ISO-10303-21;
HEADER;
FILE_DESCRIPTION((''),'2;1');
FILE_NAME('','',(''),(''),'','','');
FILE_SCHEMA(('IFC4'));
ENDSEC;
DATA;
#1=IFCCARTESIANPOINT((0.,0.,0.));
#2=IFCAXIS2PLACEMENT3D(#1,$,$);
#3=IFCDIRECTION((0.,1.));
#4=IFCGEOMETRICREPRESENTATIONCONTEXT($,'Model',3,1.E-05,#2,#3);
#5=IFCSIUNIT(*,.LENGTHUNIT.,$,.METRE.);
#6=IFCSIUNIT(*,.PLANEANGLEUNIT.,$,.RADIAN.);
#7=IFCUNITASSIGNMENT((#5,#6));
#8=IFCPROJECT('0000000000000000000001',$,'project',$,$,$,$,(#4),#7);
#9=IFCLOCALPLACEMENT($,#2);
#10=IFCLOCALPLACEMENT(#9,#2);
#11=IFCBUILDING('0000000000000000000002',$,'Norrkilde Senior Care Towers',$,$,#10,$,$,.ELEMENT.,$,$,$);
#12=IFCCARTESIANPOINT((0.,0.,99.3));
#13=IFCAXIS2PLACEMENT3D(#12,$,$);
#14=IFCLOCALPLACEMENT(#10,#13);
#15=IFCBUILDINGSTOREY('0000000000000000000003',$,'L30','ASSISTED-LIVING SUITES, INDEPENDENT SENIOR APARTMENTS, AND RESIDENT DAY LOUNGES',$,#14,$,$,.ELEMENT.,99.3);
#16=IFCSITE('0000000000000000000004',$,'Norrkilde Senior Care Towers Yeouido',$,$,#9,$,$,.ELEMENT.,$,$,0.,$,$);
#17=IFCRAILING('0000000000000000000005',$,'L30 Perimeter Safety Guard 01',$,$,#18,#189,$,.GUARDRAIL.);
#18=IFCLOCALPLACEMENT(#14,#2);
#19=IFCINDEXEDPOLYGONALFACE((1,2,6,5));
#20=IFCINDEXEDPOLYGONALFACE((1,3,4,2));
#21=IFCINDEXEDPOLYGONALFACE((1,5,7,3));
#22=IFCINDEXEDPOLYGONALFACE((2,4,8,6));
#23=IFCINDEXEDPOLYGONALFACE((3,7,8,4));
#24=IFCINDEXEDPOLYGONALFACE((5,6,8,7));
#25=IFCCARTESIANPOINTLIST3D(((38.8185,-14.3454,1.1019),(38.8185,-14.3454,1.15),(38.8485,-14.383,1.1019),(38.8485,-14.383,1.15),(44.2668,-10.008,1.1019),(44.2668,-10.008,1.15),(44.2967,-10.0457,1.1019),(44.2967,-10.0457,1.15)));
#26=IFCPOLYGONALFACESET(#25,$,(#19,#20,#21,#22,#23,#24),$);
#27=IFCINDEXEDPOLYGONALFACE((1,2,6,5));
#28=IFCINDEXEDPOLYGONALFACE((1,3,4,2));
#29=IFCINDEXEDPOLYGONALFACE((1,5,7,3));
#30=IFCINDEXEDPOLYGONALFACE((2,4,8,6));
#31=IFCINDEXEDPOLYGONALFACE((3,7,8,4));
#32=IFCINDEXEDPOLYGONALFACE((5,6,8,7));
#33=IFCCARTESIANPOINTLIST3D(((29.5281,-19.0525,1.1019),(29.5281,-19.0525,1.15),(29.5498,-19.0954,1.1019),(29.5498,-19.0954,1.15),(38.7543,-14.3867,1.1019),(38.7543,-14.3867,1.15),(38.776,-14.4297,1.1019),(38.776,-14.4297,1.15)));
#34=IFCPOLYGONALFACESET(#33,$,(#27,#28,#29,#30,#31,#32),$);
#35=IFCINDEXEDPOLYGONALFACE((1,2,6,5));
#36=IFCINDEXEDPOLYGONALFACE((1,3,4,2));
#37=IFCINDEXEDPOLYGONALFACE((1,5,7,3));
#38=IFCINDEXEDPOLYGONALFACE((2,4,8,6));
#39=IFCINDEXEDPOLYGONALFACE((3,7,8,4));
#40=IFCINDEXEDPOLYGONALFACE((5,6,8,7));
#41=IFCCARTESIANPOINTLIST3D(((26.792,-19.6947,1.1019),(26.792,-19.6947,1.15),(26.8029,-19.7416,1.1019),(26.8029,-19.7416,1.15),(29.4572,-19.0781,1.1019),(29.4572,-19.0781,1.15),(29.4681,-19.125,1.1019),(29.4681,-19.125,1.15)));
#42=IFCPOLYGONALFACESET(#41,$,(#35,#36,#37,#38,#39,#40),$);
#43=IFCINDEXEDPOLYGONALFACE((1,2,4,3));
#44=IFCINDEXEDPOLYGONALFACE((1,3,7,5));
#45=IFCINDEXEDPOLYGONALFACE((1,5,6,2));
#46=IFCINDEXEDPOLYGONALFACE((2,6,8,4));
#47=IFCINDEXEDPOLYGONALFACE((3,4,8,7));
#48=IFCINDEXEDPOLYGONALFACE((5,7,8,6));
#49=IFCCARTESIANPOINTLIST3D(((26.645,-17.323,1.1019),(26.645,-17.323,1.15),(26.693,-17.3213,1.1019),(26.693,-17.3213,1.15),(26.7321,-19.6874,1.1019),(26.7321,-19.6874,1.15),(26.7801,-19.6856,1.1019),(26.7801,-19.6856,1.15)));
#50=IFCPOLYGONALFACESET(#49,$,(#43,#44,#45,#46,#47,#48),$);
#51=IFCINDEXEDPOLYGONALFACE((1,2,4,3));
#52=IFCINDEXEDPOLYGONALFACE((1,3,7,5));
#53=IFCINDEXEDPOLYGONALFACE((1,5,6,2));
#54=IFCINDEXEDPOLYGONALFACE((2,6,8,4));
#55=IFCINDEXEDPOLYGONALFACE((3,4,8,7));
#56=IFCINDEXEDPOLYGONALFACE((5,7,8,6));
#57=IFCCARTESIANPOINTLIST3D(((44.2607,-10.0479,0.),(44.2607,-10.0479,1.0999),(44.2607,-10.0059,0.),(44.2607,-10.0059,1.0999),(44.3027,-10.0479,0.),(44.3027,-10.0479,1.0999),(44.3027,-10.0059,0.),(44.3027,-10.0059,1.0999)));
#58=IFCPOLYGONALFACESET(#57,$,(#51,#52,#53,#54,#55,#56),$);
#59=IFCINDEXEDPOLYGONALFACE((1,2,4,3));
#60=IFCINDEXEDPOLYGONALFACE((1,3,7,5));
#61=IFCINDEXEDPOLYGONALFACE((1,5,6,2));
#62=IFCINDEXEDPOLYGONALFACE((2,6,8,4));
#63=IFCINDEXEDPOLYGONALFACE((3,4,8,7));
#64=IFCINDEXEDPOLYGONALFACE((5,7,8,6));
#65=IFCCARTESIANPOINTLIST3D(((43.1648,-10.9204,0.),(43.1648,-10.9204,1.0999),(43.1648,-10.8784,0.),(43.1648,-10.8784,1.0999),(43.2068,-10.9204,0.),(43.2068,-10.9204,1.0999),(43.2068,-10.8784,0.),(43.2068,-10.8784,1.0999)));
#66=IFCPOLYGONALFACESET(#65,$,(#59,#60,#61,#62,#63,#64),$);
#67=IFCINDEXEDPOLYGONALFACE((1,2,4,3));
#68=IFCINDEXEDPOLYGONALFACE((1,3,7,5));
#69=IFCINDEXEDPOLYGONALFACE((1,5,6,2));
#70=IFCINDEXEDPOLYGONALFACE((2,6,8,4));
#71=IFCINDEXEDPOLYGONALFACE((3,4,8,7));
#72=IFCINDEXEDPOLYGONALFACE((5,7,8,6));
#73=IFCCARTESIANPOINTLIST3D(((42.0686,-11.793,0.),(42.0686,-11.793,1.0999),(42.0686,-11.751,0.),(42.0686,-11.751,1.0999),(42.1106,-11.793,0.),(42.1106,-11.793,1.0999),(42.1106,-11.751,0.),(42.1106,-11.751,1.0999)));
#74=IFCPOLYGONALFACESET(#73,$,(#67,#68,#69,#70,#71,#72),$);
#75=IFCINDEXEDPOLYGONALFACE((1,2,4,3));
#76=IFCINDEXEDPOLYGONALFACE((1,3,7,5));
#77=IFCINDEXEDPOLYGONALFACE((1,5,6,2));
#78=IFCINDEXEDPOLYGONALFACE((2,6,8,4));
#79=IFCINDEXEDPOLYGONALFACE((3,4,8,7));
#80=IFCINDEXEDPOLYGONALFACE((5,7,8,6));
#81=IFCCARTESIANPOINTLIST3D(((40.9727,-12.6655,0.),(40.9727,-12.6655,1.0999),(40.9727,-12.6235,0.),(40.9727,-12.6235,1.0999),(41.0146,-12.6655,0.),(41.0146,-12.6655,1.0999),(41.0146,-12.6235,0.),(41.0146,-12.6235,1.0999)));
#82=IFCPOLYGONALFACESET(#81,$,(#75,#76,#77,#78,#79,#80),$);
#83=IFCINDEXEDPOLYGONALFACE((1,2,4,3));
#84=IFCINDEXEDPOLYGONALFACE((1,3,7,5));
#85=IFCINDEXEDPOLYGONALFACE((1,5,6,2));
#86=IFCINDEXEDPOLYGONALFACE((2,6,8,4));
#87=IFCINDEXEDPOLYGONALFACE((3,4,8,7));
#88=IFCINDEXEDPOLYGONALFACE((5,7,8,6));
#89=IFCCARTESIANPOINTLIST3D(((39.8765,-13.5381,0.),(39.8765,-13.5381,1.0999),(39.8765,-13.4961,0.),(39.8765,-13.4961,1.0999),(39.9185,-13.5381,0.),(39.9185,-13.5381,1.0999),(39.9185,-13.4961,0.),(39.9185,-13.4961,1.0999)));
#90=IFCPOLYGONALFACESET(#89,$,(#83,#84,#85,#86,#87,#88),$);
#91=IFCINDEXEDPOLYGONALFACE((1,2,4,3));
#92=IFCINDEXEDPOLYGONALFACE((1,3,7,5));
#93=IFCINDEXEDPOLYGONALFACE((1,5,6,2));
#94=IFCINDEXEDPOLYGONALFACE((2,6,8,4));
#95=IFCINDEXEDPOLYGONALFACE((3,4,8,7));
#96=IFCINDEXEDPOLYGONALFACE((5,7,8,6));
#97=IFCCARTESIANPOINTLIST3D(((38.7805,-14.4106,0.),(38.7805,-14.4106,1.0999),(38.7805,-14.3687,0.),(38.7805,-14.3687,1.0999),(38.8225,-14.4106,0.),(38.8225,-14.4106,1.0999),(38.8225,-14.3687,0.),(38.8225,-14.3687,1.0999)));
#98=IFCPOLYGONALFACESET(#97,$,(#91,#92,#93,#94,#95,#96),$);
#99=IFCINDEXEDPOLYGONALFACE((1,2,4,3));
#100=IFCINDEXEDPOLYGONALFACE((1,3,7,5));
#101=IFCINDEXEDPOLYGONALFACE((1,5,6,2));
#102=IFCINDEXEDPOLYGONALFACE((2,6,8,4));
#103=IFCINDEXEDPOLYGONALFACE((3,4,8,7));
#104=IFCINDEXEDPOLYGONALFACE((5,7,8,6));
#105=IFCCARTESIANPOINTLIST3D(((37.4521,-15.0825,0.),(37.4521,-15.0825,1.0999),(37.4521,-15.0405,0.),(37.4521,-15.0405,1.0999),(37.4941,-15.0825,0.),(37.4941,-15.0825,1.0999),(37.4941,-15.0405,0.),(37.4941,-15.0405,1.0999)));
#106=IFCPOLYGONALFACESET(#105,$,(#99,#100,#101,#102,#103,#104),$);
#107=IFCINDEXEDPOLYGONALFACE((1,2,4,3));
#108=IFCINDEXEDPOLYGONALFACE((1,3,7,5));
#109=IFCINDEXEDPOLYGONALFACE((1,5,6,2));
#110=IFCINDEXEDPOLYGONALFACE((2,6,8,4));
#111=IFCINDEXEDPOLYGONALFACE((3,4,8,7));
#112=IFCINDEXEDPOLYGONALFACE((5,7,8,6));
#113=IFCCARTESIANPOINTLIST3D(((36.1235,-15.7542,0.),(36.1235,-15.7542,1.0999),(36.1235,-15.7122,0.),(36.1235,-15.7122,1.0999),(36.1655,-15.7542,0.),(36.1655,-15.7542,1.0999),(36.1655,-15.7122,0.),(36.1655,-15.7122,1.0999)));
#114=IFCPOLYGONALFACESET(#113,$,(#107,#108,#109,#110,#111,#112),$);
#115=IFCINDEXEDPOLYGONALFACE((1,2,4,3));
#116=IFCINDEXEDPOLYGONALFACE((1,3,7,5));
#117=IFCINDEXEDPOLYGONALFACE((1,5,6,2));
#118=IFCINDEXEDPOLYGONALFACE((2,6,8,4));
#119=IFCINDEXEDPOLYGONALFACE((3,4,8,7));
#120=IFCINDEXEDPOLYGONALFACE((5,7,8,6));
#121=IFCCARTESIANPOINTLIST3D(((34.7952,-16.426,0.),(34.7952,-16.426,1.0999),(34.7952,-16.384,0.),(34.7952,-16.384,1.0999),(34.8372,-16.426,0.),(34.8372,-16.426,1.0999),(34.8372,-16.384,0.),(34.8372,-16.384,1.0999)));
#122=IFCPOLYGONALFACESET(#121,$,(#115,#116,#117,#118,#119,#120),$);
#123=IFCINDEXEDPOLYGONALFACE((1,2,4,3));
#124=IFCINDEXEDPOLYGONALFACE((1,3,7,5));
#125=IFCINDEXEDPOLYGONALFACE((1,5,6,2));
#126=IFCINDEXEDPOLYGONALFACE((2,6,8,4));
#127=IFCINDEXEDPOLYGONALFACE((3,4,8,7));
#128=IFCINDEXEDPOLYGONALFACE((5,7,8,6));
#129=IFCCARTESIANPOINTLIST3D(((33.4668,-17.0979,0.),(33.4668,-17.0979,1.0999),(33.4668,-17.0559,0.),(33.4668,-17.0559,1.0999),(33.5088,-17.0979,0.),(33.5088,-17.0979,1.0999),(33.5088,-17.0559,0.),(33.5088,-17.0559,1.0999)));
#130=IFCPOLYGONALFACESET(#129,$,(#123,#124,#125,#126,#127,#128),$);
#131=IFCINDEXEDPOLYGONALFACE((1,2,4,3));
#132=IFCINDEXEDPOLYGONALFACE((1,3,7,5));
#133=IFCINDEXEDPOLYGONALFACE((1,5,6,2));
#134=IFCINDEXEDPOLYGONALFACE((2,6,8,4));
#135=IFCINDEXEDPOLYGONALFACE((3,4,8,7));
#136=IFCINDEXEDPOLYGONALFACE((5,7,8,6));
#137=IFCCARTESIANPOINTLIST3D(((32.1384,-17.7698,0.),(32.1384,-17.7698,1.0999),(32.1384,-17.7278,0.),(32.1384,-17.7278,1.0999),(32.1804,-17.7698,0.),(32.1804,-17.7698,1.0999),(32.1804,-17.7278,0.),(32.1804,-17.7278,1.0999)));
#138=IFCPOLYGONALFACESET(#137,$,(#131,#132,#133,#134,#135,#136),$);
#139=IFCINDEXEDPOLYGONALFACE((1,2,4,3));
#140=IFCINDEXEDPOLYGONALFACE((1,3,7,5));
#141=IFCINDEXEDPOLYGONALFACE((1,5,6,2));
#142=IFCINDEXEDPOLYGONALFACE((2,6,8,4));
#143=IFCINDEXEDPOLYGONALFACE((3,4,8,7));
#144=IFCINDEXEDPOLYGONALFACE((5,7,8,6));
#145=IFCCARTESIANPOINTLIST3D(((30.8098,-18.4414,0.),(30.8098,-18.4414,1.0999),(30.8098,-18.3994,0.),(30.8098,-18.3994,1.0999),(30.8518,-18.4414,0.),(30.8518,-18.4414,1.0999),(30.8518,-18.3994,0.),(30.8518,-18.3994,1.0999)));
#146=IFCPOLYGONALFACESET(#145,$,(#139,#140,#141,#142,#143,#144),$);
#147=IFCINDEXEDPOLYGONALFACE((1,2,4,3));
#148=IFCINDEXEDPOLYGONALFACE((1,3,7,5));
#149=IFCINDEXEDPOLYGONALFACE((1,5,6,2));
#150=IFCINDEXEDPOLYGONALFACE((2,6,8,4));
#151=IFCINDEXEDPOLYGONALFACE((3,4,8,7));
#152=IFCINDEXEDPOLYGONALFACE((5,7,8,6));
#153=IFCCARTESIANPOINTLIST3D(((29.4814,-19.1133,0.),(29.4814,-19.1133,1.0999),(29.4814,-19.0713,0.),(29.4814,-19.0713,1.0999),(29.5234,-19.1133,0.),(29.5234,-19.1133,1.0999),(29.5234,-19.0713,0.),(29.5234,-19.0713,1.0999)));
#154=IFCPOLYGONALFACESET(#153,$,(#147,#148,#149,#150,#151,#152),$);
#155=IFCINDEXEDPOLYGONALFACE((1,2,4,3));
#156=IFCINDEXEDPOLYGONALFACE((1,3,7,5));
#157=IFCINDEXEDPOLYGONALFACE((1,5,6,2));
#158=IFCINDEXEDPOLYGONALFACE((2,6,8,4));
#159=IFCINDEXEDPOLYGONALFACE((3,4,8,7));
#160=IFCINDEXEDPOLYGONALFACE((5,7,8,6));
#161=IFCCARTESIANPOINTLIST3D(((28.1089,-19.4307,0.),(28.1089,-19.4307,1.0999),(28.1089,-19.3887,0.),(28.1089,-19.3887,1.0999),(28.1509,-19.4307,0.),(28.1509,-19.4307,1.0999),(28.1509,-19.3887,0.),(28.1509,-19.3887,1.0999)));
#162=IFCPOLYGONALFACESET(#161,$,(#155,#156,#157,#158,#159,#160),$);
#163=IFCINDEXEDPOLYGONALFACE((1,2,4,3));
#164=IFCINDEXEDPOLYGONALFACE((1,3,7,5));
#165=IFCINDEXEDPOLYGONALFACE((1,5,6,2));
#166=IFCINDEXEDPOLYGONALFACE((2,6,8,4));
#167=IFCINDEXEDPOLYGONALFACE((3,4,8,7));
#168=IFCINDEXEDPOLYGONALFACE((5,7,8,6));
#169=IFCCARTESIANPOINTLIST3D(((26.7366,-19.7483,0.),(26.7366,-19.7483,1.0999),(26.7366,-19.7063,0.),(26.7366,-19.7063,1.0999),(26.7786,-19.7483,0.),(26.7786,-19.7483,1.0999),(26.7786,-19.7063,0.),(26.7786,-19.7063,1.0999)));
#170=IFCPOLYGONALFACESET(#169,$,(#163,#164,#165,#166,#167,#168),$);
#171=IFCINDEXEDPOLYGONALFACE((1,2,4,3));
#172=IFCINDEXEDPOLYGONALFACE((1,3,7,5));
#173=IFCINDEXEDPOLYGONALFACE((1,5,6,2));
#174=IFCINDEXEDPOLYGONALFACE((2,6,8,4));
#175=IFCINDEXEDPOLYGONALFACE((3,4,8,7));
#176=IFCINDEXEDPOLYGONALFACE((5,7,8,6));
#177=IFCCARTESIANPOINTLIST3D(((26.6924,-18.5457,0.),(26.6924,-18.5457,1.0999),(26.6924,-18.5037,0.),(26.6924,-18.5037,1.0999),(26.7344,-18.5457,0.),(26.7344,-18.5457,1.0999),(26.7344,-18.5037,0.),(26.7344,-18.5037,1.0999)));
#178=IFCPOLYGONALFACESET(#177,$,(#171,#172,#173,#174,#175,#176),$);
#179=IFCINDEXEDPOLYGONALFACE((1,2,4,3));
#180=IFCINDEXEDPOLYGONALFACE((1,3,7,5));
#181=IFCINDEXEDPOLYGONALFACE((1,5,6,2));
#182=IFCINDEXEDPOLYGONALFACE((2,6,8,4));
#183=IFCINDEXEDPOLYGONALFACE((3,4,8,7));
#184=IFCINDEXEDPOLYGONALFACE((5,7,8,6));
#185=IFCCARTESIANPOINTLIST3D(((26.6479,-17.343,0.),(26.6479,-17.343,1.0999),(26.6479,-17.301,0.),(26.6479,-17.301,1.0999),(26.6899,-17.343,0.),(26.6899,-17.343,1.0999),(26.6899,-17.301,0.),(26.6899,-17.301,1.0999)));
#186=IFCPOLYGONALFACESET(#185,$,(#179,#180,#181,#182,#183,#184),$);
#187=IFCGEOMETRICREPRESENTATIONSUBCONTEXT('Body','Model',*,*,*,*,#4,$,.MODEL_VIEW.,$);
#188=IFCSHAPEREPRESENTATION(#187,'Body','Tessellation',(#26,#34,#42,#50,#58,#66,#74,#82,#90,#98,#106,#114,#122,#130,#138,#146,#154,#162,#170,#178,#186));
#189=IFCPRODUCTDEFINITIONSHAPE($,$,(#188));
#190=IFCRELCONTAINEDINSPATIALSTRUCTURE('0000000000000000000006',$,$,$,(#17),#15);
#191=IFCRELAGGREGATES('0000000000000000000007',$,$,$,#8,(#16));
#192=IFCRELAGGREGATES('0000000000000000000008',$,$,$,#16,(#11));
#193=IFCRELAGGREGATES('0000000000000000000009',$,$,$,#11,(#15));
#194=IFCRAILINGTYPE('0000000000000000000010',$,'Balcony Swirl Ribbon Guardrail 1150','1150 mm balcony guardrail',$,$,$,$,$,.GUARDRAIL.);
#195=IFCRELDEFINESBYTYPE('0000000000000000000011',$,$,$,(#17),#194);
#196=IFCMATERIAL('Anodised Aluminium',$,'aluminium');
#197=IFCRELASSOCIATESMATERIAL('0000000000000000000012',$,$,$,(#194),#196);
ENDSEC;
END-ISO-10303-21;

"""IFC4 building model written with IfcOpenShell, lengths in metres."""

from ifc_helpers import new_model, si_unit, direction, frame, origin, origin_2d, place, context, subcontext, project, spatial, rectangle, extrude, material, type_object, element, save


model = new_model("IFC4")

# Units and contexts
model_context = context("Model", 3, precision=1e-05, world=origin(), true_north=direction((0.0, 1.0)))
body_context = subcontext(model_context, "Body", "Model", "MODEL_VIEW")
ifc_project = project(units=[si_unit("LENGTHUNIT", "METRE"), si_unit("PLANEANGLEUNIT", "RADIAN")], contexts=[model_context])

# Site, building, storey
site_placement = place(None, origin())
site = spatial("IfcSite", under=ifc_project, at=site_placement, Name="Norrkilde Senior Care Towers Yeouido", CompositionType="ELEMENT", RefElevation=0.0)
building_placement = place(site_placement, origin())
building = spatial("IfcBuilding", under=site, at=building_placement, Name="Norrkilde Senior Care Towers", CompositionType="ELEMENT")
storey_placement = place(building_placement, frame((0.0, 0.0, 99.3)))
storey = spatial("IfcBuildingStorey", under=building, at=storey_placement, Name="L30", Description="ASSISTED-LIVING SUITES, INDEPENDENT SENIOR APARTMENTS, AND RESIDENT DAY LOUNGES", CompositionType="ELEMENT", Elevation=99.3)

# Shared definitions
ifc_material_1 = material(Name="Anodised Aluminium", Category="aluminium")

# Railing
railing_type = type_object("IfcRailingType", Name="Balcony Swirl Ribbon Guardrail 1150", Description="1150 mm balcony guardrail", PredefinedType="GUARDRAIL", material=ifc_material_1)
railing_placement = place(storey_placement, frame((44.2817, -10.0269, 0.0)))
element("IfcRailing", 1, at=railing_placement, inside=storey, type_object=railing_type, Name="L30 Perimeter Safety Guard 01", PredefinedType="GUARDRAIL", context=body_context, shape_type="SweptSolid", body=[
    extrude(rectangle(XDim=0.0481, YDim=0.0481, at=origin_2d()), frame((0.0, 0.0, 1.126), z_axis=(-0.782356, -0.622832, 0.0), x_axis=(0.622832, -0.782356, 0.0)), (0.0, 0.0, 1.0), 6.9639),
    extrude(rectangle(XDim=0.0481, YDim=0.0481, at=origin_2d()), frame((-5.5166, -4.3813, 1.126), z_axis=(-0.89238, -0.451286, 0.0), x_axis=(0.451286, -0.89238, 0.0)), (0.0, 0.0, 1.0), 10.3389),
    extrude(rectangle(XDim=0.0481, YDim=0.0481, at=origin_2d()), frame((-14.8191, -9.0747, 1.126), z_axis=(-0.974268, -0.225391, 0.0), x_axis=(0.225391, -0.974268, 0.0)), (0.0, 0.0, 1.0), 2.7356),
    extrude(rectangle(XDim=0.0481, YDim=0.0481, at=origin_2d()), frame((-17.5256, -9.6597, 1.126), z_axis=(-0.03682, 0.999322, 0.0), x_axis=(-0.999322, -0.03682, 0.0)), (0.0, 0.0, 1.0), 2.366),
    extrude(rectangle(XDim=0.042, YDim=0.042, at=origin_2d()), origin(), (0.0, 0.0, 1.0), 1.0999),
    extrude(rectangle(XDim=0.042, YDim=0.042, at=origin_2d()), frame((-1.0959, -0.8726, 0.0)), (0.0, 0.0, 1.0), 1.0999),
    extrude(rectangle(XDim=0.042, YDim=0.042, at=origin_2d()), frame((-2.1921, -1.7451, 0.0)), (0.0, 0.0, 1.0), 1.0999),
    extrude(rectangle(XDim=0.042, YDim=0.042, at=origin_2d()), frame((-3.2881, -2.6177, 0.0)), (0.0, 0.0, 1.0), 1.0999),
    extrude(rectangle(XDim=0.042, YDim=0.042, at=origin_2d()), frame((-4.3843, -3.4902, 0.0)), (0.0, 0.0, 1.0), 1.0999),
    extrude(rectangle(XDim=0.042, YDim=0.042, at=origin_2d()), frame((-5.4802, -4.3628, 0.0)), (0.0, 0.0, 1.0), 1.0999),
    extrude(rectangle(XDim=0.042, YDim=0.042, at=origin_2d()), frame((-6.8086, -5.0347, 0.0)), (0.0, 0.0, 1.0), 1.0999),
    extrude(rectangle(XDim=0.042, YDim=0.042, at=origin_2d()), frame((-8.1372, -5.7063, 0.0)), (0.0, 0.0, 1.0), 1.0999),
    extrude(rectangle(XDim=0.042, YDim=0.042, at=origin_2d()), frame((-9.4656, -6.3782, 0.0)), (0.0, 0.0, 1.0), 1.0999),
    extrude(rectangle(XDim=0.042, YDim=0.042, at=origin_2d()), frame((-10.7939, -7.05, 0.0)), (0.0, 0.0, 1.0), 1.0999),
    extrude(rectangle(XDim=0.042, YDim=0.042, at=origin_2d()), frame((-12.1223, -7.7219, 0.0)), (0.0, 0.0, 1.0), 1.0999),
    extrude(rectangle(XDim=0.042, YDim=0.042, at=origin_2d()), frame((-13.4509, -8.3936, 0.0)), (0.0, 0.0, 1.0), 1.0999),
    extrude(rectangle(XDim=0.042, YDim=0.042, at=origin_2d()), frame((-14.7793, -9.0654, 0.0)), (0.0, 0.0, 1.0), 1.0999),
    extrude(rectangle(XDim=0.042, YDim=0.042, at=origin_2d()), frame((-16.1519, -9.3828, 0.0)), (0.0, 0.0, 1.0), 1.0999),
    extrude(rectangle(XDim=0.042, YDim=0.042, at=origin_2d()), frame((-17.5242, -9.7004, 0.0)), (0.0, 0.0, 1.0), 1.0999),
    extrude(rectangle(XDim=0.042, YDim=0.042, at=origin_2d()), frame((-17.5684, -8.4978, 0.0)), (0.0, 0.0, 1.0), 1.0999),
    extrude(rectangle(XDim=0.042, YDim=0.042, at=origin_2d()), frame((-17.6128, -7.2952, 0.0)), (0.0, 0.0, 1.0), 1.0999),
])

save(model, "model.ifc")
